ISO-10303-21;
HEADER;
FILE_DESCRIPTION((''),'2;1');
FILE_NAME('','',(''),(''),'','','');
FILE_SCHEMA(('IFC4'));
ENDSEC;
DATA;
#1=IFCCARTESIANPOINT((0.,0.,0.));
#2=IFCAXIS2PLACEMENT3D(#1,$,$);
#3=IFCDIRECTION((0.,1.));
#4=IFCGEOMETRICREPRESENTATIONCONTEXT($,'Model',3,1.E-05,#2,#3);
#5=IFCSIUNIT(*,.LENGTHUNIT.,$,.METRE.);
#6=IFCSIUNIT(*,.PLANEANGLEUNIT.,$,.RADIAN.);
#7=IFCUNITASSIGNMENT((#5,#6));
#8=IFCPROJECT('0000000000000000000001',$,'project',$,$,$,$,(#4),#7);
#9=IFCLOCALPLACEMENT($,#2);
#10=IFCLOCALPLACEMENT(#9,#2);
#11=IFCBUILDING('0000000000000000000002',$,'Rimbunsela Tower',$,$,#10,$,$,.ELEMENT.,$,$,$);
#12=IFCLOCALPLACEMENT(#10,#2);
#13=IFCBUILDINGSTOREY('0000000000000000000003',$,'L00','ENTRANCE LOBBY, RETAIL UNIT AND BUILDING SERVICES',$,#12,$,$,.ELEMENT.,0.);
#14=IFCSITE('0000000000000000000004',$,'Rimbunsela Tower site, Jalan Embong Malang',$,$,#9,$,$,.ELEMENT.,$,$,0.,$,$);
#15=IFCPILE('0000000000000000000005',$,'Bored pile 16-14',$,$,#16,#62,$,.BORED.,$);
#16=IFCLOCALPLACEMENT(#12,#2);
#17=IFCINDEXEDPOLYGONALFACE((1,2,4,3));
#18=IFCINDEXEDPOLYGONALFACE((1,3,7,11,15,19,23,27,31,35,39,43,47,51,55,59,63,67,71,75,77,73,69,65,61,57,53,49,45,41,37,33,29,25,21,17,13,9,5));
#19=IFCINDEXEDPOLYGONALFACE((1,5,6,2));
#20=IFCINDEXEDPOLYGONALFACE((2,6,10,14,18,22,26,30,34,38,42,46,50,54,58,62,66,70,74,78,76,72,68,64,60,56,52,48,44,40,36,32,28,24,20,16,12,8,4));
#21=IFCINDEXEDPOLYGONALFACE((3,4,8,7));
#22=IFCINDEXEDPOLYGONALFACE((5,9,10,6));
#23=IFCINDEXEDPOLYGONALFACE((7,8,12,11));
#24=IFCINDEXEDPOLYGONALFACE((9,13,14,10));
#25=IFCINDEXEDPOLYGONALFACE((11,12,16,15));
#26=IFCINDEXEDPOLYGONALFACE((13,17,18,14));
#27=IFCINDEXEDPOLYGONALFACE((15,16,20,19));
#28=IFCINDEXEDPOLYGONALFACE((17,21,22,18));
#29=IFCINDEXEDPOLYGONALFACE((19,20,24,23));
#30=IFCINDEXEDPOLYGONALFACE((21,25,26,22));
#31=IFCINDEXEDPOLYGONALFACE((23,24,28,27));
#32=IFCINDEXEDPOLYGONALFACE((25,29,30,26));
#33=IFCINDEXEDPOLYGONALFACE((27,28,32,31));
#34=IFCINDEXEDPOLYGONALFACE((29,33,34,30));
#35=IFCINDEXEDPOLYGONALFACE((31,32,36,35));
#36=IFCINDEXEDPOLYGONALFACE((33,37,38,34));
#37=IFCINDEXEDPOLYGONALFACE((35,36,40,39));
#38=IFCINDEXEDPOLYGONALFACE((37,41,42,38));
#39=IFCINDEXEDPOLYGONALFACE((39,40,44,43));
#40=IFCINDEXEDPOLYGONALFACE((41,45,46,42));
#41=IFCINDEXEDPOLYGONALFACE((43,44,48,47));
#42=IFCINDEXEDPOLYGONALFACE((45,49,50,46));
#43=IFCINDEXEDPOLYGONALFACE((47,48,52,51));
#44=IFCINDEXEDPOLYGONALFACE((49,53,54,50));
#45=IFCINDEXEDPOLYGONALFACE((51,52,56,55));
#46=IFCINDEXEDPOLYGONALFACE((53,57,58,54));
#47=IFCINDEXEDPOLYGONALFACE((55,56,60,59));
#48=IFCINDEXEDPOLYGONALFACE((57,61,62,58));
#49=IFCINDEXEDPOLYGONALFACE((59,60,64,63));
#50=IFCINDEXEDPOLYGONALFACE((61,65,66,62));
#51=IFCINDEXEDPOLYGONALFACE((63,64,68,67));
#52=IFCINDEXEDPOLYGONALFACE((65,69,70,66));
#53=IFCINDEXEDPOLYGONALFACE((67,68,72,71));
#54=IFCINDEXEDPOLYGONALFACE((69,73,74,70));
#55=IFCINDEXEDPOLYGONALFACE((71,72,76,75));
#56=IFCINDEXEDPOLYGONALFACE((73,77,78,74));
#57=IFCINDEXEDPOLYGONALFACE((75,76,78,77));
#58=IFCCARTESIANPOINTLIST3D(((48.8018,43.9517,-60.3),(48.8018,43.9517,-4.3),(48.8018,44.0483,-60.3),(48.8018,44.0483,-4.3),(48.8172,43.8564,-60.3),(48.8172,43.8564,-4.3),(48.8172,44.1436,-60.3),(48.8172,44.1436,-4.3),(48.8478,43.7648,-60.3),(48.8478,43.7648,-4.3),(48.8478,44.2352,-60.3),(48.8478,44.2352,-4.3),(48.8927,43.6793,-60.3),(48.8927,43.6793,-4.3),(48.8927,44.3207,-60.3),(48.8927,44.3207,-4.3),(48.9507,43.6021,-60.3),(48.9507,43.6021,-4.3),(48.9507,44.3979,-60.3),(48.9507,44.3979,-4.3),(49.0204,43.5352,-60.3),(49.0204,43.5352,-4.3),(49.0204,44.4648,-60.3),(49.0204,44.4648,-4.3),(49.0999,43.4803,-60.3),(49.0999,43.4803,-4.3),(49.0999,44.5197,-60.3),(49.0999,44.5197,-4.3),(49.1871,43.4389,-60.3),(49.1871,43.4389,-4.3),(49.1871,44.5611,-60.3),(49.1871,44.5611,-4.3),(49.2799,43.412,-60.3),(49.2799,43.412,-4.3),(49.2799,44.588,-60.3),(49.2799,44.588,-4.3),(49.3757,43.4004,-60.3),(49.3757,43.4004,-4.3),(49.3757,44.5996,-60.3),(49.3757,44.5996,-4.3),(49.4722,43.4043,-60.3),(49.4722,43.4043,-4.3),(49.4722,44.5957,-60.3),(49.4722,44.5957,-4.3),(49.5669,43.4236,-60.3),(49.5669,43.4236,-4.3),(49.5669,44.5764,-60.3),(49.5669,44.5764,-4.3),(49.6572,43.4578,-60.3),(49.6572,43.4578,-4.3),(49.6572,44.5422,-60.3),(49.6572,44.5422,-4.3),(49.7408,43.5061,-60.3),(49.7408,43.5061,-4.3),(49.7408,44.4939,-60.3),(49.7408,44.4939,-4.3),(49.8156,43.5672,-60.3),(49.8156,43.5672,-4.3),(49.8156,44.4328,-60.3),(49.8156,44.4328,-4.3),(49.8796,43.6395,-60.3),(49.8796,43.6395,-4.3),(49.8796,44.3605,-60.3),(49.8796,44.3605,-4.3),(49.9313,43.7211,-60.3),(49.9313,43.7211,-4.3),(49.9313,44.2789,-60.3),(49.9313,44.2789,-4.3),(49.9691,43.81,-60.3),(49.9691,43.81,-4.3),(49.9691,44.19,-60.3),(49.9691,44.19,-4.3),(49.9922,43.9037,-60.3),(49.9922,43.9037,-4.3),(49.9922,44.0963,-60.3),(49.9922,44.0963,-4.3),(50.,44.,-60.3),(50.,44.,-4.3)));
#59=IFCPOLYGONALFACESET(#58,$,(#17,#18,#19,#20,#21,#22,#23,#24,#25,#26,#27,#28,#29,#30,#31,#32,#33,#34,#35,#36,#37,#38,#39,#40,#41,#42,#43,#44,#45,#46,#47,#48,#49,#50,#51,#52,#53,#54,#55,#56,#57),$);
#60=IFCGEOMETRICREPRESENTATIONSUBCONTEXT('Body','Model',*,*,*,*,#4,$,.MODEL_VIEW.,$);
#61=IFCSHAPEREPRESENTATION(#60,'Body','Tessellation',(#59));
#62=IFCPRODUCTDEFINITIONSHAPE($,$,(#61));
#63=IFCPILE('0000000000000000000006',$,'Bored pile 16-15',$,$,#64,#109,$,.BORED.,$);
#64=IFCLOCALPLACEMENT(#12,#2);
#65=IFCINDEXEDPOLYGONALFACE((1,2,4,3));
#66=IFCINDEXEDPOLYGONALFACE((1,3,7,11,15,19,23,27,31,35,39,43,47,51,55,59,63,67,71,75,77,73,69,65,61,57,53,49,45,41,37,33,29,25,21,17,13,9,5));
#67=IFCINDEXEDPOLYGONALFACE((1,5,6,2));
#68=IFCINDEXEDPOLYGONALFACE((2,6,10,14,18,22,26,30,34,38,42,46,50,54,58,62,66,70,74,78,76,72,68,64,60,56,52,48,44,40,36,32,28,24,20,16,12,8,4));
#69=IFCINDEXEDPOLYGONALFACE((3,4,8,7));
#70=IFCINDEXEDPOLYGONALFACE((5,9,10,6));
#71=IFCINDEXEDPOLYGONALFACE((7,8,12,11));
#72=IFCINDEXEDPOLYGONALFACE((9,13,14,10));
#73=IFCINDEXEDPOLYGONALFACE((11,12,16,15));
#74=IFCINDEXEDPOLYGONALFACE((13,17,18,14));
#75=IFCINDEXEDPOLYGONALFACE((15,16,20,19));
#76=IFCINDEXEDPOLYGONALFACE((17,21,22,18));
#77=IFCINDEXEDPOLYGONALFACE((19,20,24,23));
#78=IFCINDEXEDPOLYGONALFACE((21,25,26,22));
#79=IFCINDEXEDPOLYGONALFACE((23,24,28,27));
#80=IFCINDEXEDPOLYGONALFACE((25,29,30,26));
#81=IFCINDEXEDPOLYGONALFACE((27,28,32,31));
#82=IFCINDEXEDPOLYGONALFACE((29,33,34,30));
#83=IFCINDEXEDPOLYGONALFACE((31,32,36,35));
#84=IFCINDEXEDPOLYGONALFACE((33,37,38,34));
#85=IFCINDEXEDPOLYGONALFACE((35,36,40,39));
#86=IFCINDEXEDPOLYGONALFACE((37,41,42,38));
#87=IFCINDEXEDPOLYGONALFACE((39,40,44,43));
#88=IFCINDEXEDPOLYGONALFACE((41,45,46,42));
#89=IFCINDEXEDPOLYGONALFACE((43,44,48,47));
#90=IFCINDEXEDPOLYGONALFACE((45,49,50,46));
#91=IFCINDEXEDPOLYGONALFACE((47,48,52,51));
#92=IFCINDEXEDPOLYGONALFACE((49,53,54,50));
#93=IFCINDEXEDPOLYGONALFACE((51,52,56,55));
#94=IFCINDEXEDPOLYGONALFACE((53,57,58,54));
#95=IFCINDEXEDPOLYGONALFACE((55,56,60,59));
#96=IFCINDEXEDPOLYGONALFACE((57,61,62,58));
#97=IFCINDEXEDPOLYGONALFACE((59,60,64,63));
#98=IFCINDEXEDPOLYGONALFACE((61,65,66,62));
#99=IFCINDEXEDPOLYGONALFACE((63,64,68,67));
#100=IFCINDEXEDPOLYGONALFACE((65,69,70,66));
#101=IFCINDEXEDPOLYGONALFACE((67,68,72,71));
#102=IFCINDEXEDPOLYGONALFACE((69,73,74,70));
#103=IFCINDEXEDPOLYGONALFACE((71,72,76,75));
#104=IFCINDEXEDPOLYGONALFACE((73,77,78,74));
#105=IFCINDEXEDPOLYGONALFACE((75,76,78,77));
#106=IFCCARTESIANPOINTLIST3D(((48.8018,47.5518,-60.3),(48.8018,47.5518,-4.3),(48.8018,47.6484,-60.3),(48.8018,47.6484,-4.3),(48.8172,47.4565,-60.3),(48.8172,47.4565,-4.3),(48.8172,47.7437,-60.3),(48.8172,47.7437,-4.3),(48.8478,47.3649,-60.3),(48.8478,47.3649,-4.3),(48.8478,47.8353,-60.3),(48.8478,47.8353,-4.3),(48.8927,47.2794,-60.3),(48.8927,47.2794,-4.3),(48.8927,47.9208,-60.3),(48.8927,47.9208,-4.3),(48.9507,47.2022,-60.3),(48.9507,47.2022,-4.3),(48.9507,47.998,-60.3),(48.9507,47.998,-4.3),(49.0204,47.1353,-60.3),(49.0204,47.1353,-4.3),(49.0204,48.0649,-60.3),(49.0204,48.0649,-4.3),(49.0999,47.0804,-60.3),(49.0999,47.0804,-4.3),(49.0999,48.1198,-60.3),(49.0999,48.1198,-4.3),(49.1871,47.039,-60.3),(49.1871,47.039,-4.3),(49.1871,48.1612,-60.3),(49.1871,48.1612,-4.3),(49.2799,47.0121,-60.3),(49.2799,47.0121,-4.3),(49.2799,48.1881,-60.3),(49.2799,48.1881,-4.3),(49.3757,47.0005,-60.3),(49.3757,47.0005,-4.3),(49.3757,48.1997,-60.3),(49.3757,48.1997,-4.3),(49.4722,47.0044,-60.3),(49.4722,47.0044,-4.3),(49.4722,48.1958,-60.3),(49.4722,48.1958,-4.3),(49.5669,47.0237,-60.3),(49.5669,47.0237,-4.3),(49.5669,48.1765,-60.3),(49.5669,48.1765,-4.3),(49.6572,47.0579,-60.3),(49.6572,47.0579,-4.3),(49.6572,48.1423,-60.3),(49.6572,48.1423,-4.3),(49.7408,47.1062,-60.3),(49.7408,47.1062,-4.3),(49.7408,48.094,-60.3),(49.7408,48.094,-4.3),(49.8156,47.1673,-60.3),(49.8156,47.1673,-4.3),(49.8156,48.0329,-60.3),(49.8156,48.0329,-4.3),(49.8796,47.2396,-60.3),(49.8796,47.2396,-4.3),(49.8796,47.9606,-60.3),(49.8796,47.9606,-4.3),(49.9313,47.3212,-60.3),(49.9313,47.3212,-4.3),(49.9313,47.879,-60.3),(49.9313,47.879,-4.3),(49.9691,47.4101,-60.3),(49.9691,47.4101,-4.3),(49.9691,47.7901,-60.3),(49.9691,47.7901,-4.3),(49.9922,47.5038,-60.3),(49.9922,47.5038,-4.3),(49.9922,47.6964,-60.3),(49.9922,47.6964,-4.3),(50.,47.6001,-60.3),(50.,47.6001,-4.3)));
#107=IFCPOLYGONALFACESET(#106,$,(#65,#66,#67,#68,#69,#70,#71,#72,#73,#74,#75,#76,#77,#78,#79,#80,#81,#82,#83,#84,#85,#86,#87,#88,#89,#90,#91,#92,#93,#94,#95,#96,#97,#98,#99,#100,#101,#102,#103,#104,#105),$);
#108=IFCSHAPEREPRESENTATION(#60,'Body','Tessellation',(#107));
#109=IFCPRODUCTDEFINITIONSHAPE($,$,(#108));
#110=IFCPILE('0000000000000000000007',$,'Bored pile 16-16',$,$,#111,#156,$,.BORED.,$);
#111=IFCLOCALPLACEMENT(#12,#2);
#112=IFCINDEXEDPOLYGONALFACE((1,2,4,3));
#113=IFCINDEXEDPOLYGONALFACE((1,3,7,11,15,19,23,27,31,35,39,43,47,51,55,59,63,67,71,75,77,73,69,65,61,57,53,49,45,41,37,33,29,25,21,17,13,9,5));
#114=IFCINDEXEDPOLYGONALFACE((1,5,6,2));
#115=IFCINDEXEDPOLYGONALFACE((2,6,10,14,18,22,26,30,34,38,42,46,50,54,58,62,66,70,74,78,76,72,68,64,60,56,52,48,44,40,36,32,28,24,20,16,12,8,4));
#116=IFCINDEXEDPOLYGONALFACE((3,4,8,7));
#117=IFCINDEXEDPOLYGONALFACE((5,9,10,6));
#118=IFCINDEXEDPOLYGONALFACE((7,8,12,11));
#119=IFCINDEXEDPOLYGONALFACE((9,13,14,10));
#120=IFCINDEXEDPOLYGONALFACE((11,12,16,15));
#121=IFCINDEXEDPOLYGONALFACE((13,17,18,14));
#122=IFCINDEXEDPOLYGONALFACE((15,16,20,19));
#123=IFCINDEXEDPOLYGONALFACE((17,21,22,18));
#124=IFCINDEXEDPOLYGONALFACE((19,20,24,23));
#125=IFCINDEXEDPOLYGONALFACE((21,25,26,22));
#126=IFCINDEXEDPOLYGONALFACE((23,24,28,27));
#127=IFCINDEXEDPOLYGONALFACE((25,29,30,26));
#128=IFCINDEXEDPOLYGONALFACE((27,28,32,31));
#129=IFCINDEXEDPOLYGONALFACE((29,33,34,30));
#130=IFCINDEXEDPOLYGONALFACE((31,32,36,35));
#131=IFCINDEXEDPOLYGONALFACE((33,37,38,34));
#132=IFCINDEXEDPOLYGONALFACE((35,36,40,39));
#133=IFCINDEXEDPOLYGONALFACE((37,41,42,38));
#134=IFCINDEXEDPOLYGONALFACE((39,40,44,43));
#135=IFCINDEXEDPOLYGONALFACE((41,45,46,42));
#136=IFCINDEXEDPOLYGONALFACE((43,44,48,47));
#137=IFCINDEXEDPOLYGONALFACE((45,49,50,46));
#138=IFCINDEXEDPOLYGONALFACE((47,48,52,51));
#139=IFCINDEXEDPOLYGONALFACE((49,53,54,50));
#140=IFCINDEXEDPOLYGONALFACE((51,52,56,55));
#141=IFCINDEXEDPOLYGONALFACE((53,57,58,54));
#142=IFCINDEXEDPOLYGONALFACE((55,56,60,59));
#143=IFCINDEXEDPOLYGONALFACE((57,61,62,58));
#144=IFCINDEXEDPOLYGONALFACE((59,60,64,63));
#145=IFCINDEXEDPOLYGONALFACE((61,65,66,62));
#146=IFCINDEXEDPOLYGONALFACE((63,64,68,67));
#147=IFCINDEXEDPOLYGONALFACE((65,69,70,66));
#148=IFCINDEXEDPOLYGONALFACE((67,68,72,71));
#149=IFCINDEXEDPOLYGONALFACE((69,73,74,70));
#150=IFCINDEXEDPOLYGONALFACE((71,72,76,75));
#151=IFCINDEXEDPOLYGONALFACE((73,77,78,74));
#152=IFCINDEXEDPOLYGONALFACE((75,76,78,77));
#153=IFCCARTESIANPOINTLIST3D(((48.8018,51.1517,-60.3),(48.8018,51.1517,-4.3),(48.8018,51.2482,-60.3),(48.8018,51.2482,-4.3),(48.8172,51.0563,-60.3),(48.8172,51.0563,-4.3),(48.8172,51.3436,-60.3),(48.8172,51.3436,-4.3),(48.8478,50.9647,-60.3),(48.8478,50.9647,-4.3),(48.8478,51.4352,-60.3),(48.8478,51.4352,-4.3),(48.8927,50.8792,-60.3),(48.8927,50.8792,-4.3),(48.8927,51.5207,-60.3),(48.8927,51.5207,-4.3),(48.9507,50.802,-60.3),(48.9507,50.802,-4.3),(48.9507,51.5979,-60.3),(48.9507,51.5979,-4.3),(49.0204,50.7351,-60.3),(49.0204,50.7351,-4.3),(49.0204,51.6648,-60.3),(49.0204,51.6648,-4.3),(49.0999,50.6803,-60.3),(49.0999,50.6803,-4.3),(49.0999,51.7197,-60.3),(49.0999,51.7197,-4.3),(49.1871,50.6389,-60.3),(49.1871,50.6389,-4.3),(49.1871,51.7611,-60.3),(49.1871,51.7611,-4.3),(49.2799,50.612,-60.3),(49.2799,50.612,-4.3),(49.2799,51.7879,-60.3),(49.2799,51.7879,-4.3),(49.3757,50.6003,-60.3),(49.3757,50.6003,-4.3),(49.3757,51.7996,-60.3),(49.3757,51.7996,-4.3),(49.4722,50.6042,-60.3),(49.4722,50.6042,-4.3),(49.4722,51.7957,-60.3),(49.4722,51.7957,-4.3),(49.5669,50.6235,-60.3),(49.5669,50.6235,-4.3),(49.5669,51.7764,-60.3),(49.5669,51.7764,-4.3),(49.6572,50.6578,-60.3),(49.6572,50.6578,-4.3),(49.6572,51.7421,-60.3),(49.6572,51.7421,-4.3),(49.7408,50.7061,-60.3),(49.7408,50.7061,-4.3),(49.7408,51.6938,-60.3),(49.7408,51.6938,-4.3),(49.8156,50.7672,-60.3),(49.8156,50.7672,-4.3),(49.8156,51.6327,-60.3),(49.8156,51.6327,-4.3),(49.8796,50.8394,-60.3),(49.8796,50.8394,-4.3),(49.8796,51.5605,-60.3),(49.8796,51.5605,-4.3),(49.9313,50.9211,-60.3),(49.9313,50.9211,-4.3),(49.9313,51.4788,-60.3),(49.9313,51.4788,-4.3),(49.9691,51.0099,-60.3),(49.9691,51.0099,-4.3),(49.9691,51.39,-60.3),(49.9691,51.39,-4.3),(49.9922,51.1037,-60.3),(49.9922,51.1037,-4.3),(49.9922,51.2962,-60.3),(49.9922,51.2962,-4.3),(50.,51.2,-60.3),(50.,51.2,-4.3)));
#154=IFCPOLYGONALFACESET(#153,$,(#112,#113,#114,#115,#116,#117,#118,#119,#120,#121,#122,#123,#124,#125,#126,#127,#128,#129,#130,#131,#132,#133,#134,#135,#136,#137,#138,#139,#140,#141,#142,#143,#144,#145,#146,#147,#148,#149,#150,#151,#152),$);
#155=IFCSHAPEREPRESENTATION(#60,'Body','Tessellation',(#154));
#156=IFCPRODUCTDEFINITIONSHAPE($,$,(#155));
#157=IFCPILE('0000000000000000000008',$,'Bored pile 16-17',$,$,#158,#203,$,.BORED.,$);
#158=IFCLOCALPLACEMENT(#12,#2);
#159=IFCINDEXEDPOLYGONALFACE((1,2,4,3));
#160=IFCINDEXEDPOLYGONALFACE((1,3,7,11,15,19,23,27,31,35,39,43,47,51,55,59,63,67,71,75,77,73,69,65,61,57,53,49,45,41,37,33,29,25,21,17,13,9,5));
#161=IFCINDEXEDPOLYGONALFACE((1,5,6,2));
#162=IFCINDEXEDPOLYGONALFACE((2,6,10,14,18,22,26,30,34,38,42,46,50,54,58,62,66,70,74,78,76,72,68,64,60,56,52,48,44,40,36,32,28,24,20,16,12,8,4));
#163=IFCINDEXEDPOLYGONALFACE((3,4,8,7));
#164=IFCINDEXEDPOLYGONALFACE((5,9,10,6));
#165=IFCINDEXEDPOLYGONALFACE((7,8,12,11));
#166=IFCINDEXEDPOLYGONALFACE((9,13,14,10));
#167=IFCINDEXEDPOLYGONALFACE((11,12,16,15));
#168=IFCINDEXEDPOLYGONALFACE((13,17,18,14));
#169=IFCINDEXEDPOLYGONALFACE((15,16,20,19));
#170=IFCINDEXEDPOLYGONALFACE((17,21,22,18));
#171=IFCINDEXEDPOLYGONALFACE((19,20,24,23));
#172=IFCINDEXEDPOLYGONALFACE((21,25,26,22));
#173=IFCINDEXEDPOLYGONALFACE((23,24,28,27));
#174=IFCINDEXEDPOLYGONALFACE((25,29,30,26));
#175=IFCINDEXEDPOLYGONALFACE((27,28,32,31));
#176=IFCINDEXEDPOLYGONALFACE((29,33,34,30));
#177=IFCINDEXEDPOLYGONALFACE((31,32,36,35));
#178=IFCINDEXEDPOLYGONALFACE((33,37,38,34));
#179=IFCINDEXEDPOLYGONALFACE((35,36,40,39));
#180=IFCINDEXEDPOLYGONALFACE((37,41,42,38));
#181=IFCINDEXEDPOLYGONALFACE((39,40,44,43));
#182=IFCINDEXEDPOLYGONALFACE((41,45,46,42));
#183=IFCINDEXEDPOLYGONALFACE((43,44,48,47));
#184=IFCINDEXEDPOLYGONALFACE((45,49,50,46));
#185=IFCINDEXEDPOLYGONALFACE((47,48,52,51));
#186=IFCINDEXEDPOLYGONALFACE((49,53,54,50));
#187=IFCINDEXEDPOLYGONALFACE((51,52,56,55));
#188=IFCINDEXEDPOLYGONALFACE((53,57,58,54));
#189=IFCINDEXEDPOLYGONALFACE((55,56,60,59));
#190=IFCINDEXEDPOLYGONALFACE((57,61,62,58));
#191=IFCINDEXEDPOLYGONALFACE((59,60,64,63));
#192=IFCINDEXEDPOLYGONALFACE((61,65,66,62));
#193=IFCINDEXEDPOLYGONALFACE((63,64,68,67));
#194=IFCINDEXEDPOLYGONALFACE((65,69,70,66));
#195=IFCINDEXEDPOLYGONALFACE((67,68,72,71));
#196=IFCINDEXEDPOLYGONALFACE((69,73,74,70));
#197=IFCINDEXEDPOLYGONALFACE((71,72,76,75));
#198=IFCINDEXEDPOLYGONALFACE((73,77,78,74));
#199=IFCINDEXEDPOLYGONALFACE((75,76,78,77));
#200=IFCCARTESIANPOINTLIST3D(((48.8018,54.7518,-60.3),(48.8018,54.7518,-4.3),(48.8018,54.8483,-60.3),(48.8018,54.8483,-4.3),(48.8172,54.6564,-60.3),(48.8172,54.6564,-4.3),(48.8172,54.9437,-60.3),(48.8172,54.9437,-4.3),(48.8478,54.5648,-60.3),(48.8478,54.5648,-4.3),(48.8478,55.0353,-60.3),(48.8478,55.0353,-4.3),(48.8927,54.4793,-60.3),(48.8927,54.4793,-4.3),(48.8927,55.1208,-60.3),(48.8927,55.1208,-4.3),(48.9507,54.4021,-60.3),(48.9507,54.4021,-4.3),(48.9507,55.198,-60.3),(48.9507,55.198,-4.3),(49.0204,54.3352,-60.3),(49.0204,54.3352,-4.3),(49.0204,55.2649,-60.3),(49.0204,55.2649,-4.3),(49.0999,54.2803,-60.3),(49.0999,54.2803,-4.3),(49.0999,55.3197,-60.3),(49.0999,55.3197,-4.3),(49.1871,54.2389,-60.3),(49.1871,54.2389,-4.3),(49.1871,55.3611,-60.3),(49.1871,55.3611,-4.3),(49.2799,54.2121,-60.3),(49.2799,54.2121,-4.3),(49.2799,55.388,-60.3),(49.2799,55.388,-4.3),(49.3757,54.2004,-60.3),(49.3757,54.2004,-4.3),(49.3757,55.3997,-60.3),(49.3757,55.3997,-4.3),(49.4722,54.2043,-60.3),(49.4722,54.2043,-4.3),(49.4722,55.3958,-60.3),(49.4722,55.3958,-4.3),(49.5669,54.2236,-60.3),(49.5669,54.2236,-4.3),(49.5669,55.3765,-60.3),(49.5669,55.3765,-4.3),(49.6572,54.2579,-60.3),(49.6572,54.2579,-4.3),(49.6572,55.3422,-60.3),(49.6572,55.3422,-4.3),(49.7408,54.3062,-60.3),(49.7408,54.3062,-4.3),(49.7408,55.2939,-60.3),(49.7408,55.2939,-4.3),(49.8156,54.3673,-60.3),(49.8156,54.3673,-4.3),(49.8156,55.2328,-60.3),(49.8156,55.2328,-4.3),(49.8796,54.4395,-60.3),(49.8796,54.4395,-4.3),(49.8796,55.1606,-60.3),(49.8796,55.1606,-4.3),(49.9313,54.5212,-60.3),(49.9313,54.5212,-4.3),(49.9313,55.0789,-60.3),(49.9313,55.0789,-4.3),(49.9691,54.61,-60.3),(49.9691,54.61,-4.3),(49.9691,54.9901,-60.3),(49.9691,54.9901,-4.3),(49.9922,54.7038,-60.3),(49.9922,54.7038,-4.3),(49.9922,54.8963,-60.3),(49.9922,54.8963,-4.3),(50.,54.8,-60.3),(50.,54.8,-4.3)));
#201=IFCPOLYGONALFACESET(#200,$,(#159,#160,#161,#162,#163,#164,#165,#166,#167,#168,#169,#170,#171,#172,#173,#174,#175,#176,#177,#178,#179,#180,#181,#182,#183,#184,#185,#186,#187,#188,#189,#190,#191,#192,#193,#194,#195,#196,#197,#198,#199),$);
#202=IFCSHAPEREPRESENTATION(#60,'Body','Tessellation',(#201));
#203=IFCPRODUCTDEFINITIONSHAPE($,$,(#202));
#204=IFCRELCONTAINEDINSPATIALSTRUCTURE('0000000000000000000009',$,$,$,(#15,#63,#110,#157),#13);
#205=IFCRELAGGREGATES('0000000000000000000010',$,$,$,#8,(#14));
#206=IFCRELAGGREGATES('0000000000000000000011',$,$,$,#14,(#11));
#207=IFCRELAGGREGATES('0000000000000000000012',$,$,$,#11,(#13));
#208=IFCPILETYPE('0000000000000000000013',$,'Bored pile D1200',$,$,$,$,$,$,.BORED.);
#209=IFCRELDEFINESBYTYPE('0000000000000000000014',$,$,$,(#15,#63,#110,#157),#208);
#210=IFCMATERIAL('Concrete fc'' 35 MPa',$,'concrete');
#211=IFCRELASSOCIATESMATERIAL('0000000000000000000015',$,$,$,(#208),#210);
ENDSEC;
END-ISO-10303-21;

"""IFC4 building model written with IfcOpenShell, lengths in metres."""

from ifc_helpers import new_model, si_unit, direction, frame, origin, origin_2d, place, context, subcontext, project, spatial, circle, extrude, material, material_profile, profile_set, type_object, element, save


model = new_model("IFC4")

# Units and contexts
model_context = context("Model", 3, precision=1e-05, world=origin(), true_north=direction((0.0, 1.0)))
body_context = subcontext(model_context, "Body", "Model", "MODEL_VIEW")
ifc_project = project(units=[si_unit("LENGTHUNIT", "METRE"), si_unit("PLANEANGLEUNIT", "RADIAN")], contexts=[model_context])

# Site, building, storey
site_placement = place(None, origin())
site = spatial("IfcSite", under=ifc_project, at=site_placement, Name="Rimbunsela Tower site, Jalan Embong Malang", CompositionType="ELEMENT", RefElevation=0.0)
building_placement = place(site_placement, origin())
building = spatial("IfcBuilding", under=site, at=building_placement, Name="Rimbunsela Tower", CompositionType="ELEMENT")
storey_placement = place(building_placement, origin())
storey = spatial("IfcBuildingStorey", under=building, at=storey_placement, Name="L00", Description="ENTRANCE LOBBY, RETAIL UNIT AND BUILDING SERVICES", CompositionType="ELEMENT", Elevation=0.0)

# Piles
ifc_material_1 = material(Name="Concrete fc' 35 MPa", Category="concrete")
ifc_material_profile_1 = material_profile(ifc_material_1, circle(Radius=0.6001, at=origin_2d()), Name="BP D1200")
ifc_profile_set_1 = profile_set([ifc_material_profile_1], Name="Concrete fc' 35 MPa")
pile_type = type_object("IfcPileType", Name="Bored pile D1200", PredefinedType="BORED", material=ifc_profile_set_1)
for number, where, z_axis, x_axis, name in (
    (1, (49.3999, 44.0, -4.3), (0.0, 0.0, -1.0), (1.0, 0.0, 0.0), "Bored pile 16-14"),
    (2, (49.3999, 47.6001, -4.3), (0.0, 0.0, -1.0), (1.0, 0.0, 0.0), "Bored pile 16-15"),
    (3, (49.3999, 51.2, -4.3), (0.0, 0.0, -1.0), (1.0, 0.0, 0.0), "Bored pile 16-16"),
    (4, (49.3999, 54.8, -4.3), (0.0, 0.0, -1.0), (1.0, 0.0, 0.0), "Bored pile 16-17"),
):
    element("IfcPile", number, at=place(storey_placement, frame(where, z_axis=z_axis, x_axis=x_axis)), inside=storey, type_object=pile_type, Name=name, PredefinedType="BORED", context=body_context, shape_type="SweptSolid", body=[
        extrude(circle(Radius=0.6001, at=origin_2d()), origin(), (0.0, 0.0, 1.0), 56.0),
    ])

save(model, "model.ifc")
